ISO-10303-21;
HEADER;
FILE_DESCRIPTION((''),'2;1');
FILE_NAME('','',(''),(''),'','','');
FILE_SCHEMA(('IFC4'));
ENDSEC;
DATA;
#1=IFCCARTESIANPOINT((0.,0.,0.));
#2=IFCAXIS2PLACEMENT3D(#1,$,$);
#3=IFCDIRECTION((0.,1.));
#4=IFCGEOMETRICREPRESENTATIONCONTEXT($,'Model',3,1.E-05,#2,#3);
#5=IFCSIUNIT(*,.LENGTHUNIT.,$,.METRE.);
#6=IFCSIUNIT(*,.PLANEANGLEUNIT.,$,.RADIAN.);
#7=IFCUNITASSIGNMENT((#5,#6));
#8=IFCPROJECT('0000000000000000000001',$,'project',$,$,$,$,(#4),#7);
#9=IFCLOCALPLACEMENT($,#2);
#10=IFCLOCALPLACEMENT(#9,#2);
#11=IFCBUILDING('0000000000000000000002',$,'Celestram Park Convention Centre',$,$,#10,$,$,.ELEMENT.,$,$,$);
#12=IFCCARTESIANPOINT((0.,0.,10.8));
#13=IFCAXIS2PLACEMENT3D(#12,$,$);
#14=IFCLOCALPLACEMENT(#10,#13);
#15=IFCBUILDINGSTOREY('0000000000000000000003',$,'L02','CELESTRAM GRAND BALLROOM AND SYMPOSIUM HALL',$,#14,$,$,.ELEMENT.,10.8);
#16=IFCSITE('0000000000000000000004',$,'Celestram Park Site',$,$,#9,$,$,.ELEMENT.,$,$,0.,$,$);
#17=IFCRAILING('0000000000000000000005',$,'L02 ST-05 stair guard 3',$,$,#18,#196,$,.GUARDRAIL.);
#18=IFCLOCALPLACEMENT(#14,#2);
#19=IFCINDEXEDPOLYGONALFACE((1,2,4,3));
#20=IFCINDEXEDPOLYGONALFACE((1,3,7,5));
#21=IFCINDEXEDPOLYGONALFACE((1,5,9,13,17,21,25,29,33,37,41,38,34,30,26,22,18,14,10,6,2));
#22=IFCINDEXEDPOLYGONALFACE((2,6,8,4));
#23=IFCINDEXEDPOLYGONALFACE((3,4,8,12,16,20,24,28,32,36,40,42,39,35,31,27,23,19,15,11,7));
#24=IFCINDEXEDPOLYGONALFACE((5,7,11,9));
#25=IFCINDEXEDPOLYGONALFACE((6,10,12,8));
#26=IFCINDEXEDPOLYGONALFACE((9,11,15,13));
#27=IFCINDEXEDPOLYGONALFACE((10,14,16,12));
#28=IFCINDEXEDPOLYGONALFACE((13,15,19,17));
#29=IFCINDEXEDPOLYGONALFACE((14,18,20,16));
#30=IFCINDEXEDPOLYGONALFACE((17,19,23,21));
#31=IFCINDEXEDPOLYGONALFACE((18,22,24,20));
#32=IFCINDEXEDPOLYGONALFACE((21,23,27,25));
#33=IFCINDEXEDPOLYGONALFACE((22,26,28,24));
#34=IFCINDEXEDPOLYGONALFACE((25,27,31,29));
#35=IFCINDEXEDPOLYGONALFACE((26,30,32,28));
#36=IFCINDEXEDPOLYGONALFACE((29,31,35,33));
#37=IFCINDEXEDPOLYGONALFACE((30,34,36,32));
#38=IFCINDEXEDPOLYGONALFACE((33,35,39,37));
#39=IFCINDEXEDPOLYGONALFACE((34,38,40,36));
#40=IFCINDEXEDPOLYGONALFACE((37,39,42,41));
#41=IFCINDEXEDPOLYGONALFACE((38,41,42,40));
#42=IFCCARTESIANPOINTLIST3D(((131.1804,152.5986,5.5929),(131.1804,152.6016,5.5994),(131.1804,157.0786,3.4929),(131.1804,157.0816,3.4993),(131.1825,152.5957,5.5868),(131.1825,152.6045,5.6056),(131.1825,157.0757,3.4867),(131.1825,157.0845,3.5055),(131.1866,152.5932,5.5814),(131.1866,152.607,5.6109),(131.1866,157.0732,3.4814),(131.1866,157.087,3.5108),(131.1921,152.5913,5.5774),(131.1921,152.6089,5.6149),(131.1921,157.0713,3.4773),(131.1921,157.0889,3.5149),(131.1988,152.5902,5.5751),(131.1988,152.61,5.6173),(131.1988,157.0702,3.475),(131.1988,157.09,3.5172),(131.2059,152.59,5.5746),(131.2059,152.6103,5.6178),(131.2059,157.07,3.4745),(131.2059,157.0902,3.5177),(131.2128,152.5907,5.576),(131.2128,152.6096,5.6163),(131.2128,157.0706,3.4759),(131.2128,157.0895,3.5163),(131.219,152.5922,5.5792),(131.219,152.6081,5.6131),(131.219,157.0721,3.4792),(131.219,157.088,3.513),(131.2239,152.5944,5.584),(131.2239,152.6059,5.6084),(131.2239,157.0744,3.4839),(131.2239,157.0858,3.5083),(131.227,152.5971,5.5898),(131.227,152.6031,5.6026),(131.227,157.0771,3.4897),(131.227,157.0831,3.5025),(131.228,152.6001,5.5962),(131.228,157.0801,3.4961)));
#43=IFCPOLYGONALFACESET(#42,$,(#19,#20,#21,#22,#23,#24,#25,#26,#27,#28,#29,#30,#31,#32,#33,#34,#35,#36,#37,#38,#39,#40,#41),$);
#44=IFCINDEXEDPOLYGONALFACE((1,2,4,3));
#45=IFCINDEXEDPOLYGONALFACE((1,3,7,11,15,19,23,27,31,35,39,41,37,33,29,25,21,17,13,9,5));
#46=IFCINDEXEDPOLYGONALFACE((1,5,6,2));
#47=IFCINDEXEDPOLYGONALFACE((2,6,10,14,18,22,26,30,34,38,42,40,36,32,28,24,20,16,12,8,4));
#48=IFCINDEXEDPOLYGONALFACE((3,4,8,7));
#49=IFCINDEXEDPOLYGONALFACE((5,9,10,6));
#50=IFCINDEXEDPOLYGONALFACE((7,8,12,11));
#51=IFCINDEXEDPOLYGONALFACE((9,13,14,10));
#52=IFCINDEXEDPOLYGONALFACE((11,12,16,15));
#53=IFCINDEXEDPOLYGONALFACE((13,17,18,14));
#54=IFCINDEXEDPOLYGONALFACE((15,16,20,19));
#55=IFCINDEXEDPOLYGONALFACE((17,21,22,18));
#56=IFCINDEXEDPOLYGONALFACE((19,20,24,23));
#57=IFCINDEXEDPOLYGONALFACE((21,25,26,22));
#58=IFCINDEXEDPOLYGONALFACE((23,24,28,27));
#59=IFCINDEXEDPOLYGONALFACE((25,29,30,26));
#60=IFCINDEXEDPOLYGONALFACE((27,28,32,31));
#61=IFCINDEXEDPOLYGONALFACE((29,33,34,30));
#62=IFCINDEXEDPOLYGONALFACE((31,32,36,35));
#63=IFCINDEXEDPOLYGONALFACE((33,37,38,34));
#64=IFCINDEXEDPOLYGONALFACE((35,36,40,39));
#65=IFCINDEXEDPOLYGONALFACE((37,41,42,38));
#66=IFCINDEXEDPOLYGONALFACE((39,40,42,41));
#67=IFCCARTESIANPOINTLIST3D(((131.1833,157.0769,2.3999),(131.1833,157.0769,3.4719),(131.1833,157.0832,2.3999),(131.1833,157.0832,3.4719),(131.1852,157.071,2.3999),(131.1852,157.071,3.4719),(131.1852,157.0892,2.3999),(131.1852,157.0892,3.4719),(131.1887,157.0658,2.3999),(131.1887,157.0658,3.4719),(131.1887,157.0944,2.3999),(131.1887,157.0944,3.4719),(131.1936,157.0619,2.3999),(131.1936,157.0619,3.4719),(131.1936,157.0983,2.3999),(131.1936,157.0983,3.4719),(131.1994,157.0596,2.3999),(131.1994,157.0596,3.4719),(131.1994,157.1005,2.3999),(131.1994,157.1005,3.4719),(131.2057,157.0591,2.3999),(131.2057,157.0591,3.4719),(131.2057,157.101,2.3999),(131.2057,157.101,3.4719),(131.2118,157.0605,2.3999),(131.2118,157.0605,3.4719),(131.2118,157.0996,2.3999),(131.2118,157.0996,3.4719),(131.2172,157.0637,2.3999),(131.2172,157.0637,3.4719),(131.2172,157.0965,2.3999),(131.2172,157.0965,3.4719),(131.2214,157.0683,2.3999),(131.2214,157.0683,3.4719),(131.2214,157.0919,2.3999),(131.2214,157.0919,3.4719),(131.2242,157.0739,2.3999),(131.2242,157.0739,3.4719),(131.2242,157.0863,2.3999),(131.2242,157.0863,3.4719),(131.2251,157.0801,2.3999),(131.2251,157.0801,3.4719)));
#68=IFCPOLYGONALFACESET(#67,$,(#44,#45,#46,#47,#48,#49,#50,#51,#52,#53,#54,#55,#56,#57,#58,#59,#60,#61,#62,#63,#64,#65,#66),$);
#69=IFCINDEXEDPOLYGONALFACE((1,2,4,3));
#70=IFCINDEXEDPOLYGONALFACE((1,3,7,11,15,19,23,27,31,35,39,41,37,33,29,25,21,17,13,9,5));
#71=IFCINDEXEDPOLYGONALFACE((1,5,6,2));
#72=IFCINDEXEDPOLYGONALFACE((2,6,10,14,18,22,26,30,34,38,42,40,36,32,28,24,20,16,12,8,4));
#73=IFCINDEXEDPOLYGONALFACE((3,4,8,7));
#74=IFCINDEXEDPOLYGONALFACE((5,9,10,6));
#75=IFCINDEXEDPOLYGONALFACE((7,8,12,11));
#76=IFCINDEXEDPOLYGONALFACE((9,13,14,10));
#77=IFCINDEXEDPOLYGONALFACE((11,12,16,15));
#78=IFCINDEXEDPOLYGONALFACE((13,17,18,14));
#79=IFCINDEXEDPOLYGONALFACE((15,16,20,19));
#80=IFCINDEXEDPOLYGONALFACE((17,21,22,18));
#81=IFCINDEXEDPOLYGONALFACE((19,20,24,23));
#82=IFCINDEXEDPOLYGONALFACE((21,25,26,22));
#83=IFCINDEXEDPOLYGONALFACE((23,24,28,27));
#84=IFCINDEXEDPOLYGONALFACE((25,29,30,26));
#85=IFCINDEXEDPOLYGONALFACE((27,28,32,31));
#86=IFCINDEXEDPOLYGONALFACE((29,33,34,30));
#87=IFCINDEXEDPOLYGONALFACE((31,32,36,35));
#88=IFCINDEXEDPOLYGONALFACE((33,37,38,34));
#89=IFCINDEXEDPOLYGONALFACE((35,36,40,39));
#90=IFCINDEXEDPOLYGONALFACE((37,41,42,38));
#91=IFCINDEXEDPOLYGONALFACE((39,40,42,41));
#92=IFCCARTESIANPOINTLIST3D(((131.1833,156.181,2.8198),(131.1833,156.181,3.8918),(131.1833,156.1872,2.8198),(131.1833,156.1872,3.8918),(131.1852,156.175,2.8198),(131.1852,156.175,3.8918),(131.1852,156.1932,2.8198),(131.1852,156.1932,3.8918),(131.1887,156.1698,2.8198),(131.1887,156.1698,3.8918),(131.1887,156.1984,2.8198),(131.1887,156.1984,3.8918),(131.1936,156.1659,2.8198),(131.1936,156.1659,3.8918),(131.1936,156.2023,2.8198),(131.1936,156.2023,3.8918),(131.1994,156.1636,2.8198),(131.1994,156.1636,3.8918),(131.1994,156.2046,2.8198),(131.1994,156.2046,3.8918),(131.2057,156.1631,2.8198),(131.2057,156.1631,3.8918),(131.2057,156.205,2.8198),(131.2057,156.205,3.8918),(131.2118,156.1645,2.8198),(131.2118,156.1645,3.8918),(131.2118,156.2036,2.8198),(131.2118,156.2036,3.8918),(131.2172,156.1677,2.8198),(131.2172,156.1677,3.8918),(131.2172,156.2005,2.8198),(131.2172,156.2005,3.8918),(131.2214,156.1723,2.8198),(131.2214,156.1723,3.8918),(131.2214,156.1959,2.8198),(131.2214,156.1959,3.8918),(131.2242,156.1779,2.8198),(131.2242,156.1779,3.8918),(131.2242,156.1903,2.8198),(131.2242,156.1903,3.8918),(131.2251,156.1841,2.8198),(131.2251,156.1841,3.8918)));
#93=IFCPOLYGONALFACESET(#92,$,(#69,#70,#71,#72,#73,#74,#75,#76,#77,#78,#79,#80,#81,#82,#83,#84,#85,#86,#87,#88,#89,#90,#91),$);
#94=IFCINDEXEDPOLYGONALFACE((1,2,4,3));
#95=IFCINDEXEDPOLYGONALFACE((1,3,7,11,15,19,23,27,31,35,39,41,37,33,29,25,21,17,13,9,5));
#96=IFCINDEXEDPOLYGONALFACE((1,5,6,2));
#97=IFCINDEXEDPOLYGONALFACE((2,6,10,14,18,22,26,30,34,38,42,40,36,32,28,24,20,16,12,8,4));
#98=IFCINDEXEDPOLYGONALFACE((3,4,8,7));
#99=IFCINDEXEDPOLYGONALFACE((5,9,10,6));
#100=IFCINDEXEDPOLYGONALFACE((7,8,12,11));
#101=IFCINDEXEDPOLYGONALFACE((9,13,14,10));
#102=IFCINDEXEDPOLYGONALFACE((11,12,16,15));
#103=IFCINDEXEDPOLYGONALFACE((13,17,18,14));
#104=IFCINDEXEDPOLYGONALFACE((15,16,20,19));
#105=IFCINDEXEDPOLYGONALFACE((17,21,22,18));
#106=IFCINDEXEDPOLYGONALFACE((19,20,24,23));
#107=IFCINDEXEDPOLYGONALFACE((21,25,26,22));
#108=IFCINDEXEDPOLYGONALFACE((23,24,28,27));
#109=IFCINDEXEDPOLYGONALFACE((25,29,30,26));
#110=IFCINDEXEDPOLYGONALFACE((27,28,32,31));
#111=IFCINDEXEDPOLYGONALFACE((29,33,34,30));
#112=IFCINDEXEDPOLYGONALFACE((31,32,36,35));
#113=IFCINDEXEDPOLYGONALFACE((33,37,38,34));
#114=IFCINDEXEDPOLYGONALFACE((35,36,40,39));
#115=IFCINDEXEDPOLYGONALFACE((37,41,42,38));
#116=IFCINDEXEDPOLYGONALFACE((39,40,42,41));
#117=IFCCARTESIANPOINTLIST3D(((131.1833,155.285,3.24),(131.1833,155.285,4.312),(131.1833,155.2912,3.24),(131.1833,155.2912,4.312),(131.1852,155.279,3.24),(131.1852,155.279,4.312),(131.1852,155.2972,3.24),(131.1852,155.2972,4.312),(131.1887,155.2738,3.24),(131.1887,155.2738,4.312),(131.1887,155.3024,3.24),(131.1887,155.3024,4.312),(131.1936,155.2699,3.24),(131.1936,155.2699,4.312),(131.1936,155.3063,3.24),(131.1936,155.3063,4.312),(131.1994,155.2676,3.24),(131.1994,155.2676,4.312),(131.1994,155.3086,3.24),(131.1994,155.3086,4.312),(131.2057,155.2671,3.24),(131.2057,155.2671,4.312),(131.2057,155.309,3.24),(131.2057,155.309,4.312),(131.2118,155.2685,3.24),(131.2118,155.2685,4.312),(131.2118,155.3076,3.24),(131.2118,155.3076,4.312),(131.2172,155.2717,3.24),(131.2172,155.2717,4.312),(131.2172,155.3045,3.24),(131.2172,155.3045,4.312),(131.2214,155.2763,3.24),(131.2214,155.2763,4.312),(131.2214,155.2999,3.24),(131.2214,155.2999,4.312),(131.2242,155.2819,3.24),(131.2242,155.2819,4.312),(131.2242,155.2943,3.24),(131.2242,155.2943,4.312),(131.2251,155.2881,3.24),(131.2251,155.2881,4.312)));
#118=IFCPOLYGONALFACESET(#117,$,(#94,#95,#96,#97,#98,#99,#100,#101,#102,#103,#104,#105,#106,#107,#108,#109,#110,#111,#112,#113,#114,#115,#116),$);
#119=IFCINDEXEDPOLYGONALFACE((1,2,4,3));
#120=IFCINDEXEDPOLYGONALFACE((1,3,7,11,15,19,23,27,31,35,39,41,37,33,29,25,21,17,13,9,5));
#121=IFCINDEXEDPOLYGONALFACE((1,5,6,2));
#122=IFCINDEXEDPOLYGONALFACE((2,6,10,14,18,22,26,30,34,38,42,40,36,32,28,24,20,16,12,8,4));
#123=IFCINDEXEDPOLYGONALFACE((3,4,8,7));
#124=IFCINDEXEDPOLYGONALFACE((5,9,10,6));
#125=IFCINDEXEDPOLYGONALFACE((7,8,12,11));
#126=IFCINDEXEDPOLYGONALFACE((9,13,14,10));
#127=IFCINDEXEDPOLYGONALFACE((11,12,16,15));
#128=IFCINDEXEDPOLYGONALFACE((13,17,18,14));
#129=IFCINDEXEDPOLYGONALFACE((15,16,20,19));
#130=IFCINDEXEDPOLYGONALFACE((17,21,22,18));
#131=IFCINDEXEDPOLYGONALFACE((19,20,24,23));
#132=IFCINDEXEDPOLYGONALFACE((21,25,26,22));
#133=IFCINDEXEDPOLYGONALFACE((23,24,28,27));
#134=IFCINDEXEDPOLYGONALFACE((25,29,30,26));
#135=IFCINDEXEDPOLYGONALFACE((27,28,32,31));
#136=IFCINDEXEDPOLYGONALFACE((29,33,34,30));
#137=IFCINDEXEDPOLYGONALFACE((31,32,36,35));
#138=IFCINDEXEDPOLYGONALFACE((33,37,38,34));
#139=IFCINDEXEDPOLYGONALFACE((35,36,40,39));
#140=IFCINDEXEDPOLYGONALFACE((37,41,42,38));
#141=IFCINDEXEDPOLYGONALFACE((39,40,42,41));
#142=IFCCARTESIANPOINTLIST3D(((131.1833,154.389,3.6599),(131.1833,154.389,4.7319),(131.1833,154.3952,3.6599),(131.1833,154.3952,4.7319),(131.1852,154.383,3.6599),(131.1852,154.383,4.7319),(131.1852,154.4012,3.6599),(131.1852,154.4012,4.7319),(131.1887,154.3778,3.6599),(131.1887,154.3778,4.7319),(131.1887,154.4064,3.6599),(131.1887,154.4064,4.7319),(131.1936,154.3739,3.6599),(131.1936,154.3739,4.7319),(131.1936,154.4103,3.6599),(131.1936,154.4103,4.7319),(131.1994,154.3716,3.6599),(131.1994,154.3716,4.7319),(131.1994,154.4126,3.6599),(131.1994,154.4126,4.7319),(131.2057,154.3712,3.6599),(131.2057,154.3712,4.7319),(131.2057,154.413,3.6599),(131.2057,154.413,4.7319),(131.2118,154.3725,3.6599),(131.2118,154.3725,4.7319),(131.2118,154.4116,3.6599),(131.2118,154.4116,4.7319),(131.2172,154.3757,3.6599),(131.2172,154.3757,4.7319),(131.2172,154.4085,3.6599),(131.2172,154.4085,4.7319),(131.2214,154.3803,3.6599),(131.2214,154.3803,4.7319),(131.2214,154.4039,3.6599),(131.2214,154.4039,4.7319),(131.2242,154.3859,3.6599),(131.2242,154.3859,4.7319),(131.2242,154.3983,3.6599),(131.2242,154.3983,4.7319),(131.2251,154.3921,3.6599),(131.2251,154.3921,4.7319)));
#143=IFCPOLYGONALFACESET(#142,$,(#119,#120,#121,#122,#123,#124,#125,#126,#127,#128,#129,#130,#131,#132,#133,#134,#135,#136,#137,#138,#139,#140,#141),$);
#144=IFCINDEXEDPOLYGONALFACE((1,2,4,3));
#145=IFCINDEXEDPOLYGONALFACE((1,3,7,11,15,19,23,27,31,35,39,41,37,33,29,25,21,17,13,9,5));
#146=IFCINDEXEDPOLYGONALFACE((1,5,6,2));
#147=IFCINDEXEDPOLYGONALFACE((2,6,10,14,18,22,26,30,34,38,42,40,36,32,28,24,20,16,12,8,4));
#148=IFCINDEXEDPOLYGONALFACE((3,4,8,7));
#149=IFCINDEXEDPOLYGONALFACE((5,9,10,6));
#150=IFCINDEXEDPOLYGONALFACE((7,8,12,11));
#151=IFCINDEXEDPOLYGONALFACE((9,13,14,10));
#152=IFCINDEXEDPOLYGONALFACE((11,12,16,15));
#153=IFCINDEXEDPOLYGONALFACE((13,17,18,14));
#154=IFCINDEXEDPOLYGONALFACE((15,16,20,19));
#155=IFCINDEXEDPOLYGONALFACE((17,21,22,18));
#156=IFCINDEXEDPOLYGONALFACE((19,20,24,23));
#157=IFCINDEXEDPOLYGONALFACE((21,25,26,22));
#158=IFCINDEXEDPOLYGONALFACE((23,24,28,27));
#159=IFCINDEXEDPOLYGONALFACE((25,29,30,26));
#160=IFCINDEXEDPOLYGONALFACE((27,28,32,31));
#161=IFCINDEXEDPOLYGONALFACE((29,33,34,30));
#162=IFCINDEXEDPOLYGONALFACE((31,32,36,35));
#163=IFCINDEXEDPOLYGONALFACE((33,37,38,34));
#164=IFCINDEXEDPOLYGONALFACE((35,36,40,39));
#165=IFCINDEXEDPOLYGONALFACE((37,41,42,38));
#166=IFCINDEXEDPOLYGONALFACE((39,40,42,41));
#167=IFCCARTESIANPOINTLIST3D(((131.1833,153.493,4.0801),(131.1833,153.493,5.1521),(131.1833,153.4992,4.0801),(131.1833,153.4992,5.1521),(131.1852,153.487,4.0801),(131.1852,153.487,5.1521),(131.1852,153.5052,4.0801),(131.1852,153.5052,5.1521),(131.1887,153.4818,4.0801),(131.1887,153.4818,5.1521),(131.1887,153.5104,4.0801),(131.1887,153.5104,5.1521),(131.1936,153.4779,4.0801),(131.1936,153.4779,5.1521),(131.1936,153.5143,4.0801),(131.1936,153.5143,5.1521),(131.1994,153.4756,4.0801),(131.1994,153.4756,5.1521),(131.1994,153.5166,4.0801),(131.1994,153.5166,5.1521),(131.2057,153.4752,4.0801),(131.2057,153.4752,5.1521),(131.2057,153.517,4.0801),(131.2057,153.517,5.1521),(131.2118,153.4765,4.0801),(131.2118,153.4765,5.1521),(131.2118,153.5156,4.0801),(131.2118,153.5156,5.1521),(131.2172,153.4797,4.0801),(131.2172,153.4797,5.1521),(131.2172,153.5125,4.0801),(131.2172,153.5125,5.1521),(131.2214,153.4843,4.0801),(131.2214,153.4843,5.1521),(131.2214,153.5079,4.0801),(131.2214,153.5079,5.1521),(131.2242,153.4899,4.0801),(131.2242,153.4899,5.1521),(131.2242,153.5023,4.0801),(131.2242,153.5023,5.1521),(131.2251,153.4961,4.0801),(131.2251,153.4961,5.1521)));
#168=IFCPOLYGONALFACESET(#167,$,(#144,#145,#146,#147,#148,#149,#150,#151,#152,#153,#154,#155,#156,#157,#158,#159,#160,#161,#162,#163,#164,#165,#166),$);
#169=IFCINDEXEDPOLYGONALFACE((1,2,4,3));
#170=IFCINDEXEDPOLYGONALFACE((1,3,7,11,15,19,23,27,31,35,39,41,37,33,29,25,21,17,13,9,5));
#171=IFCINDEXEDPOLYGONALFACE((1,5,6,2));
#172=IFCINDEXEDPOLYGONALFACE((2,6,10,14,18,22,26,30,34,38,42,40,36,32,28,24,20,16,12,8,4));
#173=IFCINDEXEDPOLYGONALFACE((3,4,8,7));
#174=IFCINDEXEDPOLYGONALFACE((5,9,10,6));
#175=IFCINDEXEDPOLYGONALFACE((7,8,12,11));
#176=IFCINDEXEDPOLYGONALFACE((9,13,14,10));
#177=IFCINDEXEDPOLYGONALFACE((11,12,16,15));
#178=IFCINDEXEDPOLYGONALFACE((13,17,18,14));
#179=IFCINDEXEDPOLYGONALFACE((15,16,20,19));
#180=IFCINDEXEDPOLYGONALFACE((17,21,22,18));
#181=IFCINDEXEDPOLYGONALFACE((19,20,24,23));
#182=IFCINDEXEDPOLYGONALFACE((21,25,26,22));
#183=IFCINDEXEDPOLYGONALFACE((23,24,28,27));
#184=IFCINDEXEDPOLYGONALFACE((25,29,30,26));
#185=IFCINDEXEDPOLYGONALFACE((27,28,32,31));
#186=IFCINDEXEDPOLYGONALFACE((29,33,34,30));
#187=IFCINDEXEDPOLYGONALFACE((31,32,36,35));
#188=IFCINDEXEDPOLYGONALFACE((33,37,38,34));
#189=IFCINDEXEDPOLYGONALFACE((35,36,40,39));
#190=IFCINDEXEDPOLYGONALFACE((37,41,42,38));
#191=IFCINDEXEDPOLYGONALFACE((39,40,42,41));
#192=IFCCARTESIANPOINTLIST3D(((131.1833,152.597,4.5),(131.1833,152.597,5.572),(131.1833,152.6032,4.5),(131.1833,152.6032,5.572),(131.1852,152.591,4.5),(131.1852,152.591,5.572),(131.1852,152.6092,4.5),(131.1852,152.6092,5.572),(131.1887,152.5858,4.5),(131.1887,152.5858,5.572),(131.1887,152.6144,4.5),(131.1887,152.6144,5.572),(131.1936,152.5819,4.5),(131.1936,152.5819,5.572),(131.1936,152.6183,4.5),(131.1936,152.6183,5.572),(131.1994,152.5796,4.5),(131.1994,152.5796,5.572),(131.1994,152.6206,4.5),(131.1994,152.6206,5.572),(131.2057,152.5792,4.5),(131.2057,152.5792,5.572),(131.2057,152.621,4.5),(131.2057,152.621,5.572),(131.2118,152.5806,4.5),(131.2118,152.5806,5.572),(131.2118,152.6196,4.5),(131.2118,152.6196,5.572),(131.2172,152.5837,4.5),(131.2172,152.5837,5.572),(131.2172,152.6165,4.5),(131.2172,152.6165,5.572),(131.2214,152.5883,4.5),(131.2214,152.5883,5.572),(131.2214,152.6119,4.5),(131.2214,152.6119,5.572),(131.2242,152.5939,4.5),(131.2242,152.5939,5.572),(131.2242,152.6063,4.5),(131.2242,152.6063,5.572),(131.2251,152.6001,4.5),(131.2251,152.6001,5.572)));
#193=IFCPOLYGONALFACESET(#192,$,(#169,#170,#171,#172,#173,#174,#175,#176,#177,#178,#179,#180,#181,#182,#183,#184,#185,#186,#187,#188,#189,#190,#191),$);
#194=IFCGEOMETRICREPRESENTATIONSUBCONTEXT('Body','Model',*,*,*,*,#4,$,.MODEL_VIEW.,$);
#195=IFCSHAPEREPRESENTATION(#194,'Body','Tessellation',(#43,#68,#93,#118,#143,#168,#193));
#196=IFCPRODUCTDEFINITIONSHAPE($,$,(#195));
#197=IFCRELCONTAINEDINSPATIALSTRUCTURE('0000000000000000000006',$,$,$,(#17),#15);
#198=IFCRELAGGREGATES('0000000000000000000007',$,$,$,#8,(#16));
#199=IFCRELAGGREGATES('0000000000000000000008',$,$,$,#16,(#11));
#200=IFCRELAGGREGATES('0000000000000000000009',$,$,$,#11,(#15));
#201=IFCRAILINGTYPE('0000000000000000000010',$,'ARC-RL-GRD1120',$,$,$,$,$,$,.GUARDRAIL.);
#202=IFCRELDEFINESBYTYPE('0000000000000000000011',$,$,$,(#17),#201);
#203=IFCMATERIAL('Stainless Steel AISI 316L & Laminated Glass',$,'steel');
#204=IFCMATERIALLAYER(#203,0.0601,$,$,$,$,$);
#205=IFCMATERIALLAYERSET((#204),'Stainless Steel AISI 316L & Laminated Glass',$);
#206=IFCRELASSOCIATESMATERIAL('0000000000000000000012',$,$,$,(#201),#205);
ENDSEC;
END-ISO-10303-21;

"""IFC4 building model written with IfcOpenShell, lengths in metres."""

from ifc_helpers import new_model, si_unit, direction, frame, origin, origin_2d, place, context, subcontext, project, spatial, circle, extrude, material, layer, layer_set, type_object, element, save


model = new_model("IFC4")

# Units and contexts
model_context = context("Model", 3, precision=1e-05, world=origin(), true_north=direction((0.0, 1.0)))
body_context = subcontext(model_context, "Body", "Model", "MODEL_VIEW")
ifc_project = project(units=[si_unit("LENGTHUNIT", "METRE"), si_unit("PLANEANGLEUNIT", "RADIAN")], contexts=[model_context])

# Site, building, storey
site_placement = place(None, origin())
site = spatial("IfcSite", under=ifc_project, at=site_placement, Name="Celestram Park Site", CompositionType="ELEMENT", RefElevation=0.0)
building_placement = place(site_placement, origin())
building = spatial("IfcBuilding", under=site, at=building_placement, Name="Celestram Park Convention Centre", CompositionType="ELEMENT")
storey_placement = place(building_placement, frame((0.0, 0.0, 10.8)))
storey = spatial("IfcBuildingStorey", under=building, at=storey_placement, Name="L02", Description="CELESTRAM GRAND BALLROOM AND SYMPOSIUM HALL", CompositionType="ELEMENT", Elevation=10.8)

# Railing
ifc_material_1 = material(Name="Stainless Steel AISI 316L & Laminated Glass", Category="steel")
ifc_layer_1 = layer(ifc_material_1, 0.0601)
ifc_layer_set_1 = layer_set([ifc_layer_1], Name="Stainless Steel AISI 316L & Laminated Glass")
railing_type_1 = type_object("IfcRailingType", Name="ARC-RL-GRD1120", PredefinedType="GUARDRAIL", material=ifc_layer_set_1)
railing_1_placement = place(storey_placement, frame((131.2041, 157.0801, 2.3999)))
element("IfcRailing", 1, at=railing_1_placement, inside=storey, type_object=railing_type_1, Name="L02 ST-05 stair guard 3", PredefinedType="GUARDRAIL", context=body_context, shape_type="SweptSolid", body=[
    extrude(circle(Radius=0.0239, at=origin_2d()), frame((0.0, 0.0, 1.0962), z_axis=(0.0, -0.905451, 0.424452), x_axis=(1.0, 0.0, 0.0)), (0.0, 0.0, 1.0), 4.9478),
    extrude(circle(Radius=0.021, at=origin_2d()), origin(), (0.0, 0.0, 1.0), 1.072),
    extrude(circle(Radius=0.021, at=origin_2d()), frame((0.0, -0.896, 0.4199)), (0.0, 0.0, 1.0), 1.072),
    extrude(circle(Radius=0.021, at=origin_2d()), frame((0.0, -1.792, 0.8401)), (0.0, 0.0, 1.0), 1.072),
    extrude(circle(Radius=0.021, at=origin_2d()), frame((0.0, -2.688, 1.26)), (0.0, 0.0, 1.0), 1.072),
    extrude(circle(Radius=0.021, at=origin_2d()), frame((0.0, -3.584, 1.6802)), (0.0, 0.0, 1.0), 1.072),
    extrude(circle(Radius=0.021, at=origin_2d()), frame((0.0, -4.48, 2.1001)), (0.0, 0.0, 1.0), 1.072),
])

save(model, "model.ifc")
